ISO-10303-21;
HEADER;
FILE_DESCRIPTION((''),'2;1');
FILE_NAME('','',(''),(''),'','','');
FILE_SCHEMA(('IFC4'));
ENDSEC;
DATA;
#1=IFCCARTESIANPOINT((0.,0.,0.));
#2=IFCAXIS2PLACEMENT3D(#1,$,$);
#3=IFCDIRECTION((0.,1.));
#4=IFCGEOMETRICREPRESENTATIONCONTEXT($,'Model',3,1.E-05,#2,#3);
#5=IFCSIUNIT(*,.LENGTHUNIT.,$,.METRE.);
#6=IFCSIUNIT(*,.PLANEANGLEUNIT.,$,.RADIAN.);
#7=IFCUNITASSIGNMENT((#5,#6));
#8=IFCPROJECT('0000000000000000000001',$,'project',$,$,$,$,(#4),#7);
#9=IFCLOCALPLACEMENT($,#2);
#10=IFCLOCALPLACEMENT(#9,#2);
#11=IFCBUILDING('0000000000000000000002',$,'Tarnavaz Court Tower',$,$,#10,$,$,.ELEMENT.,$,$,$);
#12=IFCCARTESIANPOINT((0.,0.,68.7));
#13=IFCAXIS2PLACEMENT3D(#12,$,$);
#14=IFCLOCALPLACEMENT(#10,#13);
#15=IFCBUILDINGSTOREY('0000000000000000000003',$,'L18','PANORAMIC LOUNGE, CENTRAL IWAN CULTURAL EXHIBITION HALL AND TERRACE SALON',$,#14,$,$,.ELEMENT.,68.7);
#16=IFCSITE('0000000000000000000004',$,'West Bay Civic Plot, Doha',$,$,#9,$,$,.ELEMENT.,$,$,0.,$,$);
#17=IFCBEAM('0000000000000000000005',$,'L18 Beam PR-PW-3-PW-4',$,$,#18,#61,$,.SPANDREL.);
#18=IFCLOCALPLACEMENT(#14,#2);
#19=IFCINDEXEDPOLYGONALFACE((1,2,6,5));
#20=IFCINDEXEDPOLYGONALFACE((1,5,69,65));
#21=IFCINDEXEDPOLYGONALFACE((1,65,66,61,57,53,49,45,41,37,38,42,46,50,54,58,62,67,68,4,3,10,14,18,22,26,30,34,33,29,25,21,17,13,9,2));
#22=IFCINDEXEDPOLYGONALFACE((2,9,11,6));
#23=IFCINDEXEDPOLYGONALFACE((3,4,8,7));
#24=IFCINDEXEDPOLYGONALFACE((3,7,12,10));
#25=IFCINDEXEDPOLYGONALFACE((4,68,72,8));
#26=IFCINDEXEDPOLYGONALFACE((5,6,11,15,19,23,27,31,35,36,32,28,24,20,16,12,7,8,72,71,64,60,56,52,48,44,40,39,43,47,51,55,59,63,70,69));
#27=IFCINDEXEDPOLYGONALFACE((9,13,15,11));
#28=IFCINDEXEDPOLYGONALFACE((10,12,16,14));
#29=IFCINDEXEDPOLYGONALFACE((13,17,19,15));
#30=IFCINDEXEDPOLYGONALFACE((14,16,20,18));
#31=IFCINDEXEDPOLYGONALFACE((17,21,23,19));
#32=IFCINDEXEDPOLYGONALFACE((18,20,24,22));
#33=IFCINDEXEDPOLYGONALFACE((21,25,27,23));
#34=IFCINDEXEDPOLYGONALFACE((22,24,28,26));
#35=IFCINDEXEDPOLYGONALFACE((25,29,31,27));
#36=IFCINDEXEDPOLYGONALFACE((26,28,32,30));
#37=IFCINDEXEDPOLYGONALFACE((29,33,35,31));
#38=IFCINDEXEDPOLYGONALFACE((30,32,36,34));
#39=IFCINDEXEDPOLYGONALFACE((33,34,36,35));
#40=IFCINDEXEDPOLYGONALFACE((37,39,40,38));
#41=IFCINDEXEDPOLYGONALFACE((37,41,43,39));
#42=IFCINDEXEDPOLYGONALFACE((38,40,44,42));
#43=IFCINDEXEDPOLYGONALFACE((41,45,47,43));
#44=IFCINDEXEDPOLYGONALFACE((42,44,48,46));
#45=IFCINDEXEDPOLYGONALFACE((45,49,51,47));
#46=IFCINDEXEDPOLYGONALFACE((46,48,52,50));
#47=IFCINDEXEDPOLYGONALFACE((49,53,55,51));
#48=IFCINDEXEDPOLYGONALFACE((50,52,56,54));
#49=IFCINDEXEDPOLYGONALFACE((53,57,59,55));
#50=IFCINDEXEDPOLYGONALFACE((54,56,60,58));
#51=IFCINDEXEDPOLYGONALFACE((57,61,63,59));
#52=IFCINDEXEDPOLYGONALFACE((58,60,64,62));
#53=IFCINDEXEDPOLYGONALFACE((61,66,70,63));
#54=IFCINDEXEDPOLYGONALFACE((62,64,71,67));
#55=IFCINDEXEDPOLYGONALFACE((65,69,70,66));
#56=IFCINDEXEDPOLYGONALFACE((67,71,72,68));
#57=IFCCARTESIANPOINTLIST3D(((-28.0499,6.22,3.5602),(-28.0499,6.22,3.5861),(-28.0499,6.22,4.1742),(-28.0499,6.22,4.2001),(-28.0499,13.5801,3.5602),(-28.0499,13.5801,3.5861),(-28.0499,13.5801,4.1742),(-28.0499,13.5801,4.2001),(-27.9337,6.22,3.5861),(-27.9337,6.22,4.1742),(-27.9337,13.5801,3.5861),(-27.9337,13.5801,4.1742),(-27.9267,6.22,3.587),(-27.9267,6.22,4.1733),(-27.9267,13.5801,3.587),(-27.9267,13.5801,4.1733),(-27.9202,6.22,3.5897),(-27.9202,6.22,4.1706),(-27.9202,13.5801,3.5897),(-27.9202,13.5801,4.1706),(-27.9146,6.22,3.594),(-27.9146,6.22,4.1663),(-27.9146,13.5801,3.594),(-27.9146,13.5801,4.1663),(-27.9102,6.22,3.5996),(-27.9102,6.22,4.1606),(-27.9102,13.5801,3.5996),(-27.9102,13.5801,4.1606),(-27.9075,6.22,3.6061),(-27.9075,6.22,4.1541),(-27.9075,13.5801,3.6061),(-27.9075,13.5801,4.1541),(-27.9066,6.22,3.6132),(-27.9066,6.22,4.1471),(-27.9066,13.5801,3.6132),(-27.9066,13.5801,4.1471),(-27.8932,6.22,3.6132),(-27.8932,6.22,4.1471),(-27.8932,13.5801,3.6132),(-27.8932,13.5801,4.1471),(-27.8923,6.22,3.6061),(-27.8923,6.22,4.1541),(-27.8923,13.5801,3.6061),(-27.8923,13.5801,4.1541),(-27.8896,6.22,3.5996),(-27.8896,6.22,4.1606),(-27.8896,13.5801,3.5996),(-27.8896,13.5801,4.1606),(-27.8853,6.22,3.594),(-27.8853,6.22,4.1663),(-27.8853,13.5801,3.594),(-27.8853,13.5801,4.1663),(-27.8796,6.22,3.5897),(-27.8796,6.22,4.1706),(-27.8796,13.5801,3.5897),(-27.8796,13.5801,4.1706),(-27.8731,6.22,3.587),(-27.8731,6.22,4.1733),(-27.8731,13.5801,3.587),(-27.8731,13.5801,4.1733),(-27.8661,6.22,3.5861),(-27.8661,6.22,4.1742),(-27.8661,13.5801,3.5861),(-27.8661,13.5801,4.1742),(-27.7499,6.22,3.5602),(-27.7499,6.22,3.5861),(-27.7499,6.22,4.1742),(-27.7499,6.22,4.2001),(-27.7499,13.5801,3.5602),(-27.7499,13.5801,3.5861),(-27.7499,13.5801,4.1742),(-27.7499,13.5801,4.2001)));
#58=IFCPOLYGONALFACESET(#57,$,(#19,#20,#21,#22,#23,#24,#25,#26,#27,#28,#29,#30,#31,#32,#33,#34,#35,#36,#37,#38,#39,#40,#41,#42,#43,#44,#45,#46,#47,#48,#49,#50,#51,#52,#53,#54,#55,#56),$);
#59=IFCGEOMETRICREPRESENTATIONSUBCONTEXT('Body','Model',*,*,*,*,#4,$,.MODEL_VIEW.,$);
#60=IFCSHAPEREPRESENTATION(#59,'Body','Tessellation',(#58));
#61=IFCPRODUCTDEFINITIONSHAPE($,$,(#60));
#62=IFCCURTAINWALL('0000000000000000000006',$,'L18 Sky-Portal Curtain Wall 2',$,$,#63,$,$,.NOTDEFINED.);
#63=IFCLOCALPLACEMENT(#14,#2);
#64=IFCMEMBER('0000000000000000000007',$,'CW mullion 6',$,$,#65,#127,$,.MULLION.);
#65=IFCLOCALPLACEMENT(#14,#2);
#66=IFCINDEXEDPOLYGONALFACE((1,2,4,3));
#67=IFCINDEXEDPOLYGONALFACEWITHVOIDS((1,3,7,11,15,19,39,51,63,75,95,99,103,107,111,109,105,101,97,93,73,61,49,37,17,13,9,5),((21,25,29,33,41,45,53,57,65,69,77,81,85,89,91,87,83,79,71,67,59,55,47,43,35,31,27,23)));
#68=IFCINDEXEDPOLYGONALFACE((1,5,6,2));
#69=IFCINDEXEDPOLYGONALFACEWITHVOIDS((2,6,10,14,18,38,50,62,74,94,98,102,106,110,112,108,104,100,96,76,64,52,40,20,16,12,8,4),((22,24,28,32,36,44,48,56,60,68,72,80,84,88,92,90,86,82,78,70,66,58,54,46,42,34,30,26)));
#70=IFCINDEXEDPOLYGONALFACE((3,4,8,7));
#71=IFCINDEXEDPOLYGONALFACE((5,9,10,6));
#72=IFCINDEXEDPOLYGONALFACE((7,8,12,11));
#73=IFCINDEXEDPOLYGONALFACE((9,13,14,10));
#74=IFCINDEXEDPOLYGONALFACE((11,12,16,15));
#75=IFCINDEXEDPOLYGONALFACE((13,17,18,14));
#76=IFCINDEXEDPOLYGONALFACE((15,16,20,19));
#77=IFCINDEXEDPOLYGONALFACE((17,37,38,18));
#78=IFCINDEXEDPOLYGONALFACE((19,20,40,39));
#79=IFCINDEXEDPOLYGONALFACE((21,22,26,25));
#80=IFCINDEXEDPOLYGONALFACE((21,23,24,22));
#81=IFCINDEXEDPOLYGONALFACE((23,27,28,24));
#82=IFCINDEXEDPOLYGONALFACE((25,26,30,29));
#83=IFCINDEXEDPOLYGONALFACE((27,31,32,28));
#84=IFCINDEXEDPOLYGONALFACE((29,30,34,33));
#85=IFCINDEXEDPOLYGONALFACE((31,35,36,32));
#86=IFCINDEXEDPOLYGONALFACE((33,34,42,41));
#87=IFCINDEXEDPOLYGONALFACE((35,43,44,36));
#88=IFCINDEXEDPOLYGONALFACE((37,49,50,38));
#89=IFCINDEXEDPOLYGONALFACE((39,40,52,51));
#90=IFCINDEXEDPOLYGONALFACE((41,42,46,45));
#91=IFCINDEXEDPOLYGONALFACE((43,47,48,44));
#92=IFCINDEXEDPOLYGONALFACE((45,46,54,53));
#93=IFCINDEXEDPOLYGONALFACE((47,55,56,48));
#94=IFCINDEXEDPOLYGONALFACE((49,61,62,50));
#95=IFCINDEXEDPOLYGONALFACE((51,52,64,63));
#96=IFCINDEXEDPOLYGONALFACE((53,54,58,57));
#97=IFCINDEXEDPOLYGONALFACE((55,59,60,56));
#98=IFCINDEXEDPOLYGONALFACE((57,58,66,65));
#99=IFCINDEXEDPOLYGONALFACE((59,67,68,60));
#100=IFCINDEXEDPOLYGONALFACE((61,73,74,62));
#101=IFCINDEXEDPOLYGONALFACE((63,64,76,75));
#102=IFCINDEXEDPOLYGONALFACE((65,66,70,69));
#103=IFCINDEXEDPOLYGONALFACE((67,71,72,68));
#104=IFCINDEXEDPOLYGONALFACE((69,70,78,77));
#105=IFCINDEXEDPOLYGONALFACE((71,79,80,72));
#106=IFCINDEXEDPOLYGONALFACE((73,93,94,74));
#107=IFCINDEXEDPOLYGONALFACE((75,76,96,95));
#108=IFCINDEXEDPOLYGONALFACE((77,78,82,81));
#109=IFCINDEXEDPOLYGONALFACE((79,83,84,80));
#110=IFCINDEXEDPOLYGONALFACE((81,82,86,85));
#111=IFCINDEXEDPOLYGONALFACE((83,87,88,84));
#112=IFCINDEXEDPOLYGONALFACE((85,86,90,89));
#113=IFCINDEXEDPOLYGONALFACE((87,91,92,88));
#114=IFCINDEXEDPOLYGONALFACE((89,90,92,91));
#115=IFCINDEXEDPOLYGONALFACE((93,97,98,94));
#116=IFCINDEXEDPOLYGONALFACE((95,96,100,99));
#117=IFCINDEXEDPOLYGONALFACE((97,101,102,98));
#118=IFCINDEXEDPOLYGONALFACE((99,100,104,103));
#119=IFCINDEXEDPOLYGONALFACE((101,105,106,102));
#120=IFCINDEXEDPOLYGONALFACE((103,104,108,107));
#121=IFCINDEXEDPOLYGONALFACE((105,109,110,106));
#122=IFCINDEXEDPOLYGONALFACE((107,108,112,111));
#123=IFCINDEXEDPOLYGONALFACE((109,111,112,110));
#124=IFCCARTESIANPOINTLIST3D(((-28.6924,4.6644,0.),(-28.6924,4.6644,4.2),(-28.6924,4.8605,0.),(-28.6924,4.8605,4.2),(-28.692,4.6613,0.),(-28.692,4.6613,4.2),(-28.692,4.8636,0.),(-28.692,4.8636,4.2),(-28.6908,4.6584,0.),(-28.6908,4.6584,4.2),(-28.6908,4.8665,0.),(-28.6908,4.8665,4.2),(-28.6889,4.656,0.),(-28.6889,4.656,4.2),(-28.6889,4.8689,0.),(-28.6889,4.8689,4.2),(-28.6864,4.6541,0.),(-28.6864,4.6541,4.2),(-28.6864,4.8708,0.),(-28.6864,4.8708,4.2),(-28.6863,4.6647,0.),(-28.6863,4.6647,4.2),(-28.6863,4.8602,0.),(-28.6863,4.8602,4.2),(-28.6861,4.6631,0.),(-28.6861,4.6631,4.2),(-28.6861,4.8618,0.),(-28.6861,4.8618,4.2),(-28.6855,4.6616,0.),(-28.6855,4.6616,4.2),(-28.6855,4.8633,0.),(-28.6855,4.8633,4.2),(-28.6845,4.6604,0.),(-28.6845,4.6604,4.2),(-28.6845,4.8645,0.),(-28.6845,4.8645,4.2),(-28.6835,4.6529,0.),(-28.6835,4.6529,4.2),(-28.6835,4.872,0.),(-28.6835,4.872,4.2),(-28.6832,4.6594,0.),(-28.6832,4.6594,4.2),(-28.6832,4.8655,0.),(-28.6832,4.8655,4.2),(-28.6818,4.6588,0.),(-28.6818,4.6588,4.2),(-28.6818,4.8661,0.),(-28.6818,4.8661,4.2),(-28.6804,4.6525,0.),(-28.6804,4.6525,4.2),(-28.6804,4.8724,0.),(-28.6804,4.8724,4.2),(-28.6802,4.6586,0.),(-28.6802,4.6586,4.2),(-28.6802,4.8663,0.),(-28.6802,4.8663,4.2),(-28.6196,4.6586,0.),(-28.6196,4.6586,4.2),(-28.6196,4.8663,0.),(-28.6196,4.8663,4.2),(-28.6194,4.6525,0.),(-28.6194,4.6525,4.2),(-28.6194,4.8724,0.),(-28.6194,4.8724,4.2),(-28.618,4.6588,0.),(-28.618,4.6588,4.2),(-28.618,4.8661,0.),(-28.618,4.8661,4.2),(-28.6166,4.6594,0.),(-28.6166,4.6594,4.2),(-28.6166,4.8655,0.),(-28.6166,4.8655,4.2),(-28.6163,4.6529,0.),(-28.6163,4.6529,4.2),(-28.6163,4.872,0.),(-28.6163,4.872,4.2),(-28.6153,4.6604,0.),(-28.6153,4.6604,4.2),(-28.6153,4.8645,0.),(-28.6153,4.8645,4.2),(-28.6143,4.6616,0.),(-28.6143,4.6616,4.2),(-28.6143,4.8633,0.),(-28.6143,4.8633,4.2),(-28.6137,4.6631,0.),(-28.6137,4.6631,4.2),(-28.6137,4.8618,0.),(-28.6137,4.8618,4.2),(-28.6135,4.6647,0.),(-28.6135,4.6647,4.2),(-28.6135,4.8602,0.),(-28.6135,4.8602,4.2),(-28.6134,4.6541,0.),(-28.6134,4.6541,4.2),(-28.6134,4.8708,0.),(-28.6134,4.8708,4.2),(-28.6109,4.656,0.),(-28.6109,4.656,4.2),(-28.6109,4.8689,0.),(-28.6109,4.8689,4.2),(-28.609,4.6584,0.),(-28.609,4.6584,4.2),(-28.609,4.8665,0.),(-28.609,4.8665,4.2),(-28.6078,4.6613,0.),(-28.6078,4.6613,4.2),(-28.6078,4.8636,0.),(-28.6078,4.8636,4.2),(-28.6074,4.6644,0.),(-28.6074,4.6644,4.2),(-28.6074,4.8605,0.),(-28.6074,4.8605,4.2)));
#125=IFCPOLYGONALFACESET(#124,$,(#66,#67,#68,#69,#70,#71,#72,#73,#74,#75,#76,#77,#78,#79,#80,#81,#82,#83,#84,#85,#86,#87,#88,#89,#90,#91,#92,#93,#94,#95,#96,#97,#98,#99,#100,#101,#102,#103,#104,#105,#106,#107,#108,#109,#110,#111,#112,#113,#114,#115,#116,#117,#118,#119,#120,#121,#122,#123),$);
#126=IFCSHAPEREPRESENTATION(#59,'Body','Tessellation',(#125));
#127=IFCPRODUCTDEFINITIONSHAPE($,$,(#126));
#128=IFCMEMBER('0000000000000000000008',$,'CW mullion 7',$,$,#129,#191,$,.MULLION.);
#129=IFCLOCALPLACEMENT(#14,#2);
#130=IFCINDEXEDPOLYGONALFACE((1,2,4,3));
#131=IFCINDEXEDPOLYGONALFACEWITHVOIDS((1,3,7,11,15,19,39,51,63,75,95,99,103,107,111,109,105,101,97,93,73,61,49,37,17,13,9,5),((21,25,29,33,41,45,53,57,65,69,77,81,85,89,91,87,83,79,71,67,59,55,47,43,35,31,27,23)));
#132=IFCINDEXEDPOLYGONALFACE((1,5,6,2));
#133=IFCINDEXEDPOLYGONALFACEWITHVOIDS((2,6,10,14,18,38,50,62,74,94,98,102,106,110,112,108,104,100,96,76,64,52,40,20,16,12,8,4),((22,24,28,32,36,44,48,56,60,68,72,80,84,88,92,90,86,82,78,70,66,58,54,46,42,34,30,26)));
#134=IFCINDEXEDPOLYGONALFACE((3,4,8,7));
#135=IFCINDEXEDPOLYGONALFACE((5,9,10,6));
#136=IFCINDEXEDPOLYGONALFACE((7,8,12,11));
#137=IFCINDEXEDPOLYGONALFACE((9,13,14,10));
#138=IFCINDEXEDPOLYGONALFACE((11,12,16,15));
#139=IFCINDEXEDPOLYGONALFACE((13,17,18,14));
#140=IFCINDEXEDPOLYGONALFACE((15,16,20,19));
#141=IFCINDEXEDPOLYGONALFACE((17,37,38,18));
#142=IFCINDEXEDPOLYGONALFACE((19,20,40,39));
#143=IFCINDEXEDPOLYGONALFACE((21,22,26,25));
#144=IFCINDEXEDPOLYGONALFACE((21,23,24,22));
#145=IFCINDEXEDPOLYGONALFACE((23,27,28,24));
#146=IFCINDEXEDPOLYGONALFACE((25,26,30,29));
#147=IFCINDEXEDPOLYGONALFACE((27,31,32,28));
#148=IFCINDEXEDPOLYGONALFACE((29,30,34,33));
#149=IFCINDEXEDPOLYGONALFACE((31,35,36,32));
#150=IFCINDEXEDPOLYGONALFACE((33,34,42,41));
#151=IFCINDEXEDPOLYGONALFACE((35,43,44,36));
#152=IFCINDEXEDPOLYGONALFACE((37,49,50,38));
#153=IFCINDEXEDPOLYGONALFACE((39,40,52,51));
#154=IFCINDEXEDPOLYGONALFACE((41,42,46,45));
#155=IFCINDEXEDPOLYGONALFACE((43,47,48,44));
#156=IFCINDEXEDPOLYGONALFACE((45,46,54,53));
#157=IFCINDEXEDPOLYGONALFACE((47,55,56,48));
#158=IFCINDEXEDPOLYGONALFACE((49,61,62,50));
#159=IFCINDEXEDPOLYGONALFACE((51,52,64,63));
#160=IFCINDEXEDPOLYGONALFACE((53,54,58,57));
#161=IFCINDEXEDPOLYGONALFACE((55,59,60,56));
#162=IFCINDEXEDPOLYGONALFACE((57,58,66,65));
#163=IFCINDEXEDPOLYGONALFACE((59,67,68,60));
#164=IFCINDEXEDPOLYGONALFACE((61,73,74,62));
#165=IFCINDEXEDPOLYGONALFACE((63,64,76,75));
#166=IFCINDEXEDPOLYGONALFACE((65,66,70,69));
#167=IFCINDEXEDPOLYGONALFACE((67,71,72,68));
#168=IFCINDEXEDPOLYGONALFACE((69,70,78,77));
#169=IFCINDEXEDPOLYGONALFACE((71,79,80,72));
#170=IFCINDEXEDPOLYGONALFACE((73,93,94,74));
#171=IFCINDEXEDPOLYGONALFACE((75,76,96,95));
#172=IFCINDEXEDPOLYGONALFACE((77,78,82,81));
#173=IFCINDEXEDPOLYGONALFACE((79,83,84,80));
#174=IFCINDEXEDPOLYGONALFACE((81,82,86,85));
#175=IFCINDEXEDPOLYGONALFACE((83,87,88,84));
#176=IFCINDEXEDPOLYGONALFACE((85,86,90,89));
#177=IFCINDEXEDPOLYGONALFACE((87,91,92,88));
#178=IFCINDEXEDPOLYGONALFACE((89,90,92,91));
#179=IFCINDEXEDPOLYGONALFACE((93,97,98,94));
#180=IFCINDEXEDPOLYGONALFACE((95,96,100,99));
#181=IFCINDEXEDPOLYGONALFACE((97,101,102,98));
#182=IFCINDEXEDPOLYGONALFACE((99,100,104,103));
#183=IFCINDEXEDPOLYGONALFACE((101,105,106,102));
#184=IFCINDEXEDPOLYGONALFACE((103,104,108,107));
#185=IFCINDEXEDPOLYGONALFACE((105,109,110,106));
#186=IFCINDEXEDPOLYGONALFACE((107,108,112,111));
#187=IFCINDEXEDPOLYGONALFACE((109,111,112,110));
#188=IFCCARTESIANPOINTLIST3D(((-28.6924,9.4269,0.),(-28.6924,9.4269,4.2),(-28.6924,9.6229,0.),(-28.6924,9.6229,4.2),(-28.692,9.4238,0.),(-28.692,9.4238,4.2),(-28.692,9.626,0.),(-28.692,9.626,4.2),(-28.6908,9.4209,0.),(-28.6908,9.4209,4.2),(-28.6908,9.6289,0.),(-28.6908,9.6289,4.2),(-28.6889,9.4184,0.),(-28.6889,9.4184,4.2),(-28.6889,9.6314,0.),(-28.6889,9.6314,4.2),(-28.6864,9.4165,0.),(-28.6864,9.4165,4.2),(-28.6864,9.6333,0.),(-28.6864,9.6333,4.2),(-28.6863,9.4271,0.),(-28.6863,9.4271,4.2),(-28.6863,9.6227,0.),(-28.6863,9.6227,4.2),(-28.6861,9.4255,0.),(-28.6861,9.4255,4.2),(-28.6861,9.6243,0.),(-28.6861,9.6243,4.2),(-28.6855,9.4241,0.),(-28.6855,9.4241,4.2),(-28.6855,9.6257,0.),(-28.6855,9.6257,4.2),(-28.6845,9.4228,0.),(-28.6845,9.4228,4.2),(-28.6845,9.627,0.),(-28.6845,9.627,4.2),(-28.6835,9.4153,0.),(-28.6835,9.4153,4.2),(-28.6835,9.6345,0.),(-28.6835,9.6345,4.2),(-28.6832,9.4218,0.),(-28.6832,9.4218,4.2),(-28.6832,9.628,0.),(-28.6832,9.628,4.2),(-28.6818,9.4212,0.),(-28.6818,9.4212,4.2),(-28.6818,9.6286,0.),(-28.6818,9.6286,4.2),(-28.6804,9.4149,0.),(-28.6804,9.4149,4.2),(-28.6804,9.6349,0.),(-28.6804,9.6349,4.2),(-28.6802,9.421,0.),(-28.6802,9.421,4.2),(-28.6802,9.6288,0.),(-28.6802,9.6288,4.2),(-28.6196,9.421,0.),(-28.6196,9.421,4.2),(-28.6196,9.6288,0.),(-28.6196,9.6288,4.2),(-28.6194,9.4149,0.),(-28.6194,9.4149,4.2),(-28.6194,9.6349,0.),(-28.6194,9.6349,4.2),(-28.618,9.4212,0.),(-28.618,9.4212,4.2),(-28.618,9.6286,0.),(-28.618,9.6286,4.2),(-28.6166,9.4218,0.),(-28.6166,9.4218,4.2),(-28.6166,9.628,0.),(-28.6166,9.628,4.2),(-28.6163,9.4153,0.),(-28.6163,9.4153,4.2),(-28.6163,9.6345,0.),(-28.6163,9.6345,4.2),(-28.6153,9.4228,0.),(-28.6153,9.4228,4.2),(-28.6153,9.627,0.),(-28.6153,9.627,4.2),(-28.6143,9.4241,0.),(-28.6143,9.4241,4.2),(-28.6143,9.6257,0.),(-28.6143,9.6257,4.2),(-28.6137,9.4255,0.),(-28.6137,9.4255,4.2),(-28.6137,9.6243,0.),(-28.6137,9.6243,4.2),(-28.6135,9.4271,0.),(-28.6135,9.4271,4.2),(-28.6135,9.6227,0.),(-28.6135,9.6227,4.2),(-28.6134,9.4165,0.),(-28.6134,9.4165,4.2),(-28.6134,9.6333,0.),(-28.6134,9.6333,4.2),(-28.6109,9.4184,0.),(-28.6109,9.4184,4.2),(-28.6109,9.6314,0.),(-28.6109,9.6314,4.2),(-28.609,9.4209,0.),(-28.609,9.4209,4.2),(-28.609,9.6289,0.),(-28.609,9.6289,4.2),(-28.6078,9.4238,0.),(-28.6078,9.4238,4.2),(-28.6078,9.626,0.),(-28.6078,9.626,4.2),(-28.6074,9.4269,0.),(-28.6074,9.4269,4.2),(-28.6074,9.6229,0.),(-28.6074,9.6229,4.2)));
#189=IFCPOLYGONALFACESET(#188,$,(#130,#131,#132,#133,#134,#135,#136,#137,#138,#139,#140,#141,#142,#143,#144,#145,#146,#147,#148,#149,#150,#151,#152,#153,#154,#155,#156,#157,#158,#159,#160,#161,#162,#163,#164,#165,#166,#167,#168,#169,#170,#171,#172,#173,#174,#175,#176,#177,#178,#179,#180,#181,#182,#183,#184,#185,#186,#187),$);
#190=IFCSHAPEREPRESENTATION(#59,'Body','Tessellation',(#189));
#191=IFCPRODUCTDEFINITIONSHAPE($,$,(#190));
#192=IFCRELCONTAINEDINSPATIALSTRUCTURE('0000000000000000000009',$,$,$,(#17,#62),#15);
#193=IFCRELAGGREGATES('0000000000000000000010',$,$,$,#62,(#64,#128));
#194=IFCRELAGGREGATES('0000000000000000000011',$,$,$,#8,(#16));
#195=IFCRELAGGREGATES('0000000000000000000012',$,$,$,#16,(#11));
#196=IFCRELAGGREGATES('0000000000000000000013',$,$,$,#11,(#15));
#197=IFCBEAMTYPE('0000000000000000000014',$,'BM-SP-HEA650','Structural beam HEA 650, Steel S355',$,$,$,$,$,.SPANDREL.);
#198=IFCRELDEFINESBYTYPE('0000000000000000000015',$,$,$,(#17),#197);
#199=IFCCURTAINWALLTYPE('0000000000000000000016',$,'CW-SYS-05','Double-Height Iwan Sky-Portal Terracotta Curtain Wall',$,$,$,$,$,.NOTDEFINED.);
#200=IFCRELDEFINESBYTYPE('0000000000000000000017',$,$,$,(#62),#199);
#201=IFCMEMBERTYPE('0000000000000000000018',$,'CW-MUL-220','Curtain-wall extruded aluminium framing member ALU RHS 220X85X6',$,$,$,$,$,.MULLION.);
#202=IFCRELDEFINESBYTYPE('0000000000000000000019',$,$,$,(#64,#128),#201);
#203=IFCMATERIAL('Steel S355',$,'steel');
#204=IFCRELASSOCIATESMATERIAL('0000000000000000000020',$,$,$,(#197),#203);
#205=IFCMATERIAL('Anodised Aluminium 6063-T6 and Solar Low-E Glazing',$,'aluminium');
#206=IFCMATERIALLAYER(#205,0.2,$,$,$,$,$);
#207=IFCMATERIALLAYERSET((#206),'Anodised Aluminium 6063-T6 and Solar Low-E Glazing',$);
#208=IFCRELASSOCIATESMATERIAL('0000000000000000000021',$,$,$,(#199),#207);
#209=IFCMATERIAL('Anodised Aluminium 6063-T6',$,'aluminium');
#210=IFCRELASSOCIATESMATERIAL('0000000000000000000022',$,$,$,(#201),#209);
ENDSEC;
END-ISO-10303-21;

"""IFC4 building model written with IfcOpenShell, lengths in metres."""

from ifc_helpers import new_model, si_unit, direction, frame, origin, origin_2d, place, context, subcontext, project, spatial, hollow_rectangle, i_section, extrude, material, layer, layer_set, material_profile, profile_set, type_object, element, aggregate, save


model = new_model("IFC4")

# Units and contexts
model_context = context("Model", 3, precision=1e-05, world=origin(), true_north=direction((0.0, 1.0)))
body_context = subcontext(model_context, "Body", "Model", "MODEL_VIEW")
ifc_project = project(units=[si_unit("LENGTHUNIT", "METRE"), si_unit("PLANEANGLEUNIT", "RADIAN")], contexts=[model_context])

# Site, building, storey
site_placement = place(None, origin())
site = spatial("IfcSite", under=ifc_project, at=site_placement, Name="West Bay Civic Plot, Doha", CompositionType="ELEMENT", RefElevation=0.0)
building_placement = place(site_placement, origin())
building = spatial("IfcBuilding", under=site, at=building_placement, Name="Tarnavaz Court Tower", CompositionType="ELEMENT")
storey_placement = place(building_placement, frame((0.0, 0.0, 68.7)))
storey = spatial("IfcBuildingStorey", under=building, at=storey_placement, Name="L18", Description="PANORAMIC LOUNGE, CENTRAL IWAN CULTURAL EXHIBITION HALL AND TERRACE SALON", CompositionType="ELEMENT", Elevation=68.7)

# Beam
ifc_material_1 = material(Name="Steel S355", Category="steel")
ifc_material_profile_1 = material_profile(ifc_material_1, i_section(OverallWidth=0.3, OverallDepth=0.6399, WebThickness=0.0134, FlangeThickness=0.0259, FilletRadius=0.0271, at=origin_2d()), Name="HEA 650")
ifc_profile_set_1 = profile_set([ifc_material_profile_1], Name="Steel S355")
beam_type_1 = type_object("IfcBeamType", Name="BM-SP-HEA650", Description="Structural beam HEA 650, Steel S355", PredefinedType="SPANDREL", material=ifc_profile_set_1)
beam_1_placement = place(storey_placement, frame((-27.8999, 6.22, 3.8801), z_axis=(0.0, 1.0, 0.0), x_axis=(-1.0, 0.0, 0.0)))
element("IfcBeam", 1, at=beam_1_placement, inside=storey, type_object=beam_type_1, Name="L18 Beam PR-PW-3-PW-4", PredefinedType="SPANDREL", context=body_context, shape_type="SweptSolid", body=[
    extrude(i_section(OverallWidth=0.3, OverallDepth=0.6399, WebThickness=0.0134, FlangeThickness=0.0259, FilletRadius=0.0271, at=origin_2d()), origin(), (0.0, 0.0, 1.0), 7.3601),
])

# Curtain wall, members
ifc_material_2 = material(Name="Anodised Aluminium 6063-T6 and Solar Low-E Glazing", Category="aluminium")
ifc_layer_1 = layer(ifc_material_2, 0.2)
ifc_layer_set_1 = layer_set([ifc_layer_1], Name="Anodised Aluminium 6063-T6 and Solar Low-E Glazing")
curtain_wall_type = type_object("IfcCurtainWallType", Name="CW-SYS-05", Description="Double-Height Iwan Sky-Portal Terracotta Curtain Wall", PredefinedType="NOTDEFINED", material=ifc_layer_set_1)
curtain_wall_placement = place(storey_placement, origin())
curtain_wall = element("IfcCurtainWall", 2, at=curtain_wall_placement, inside=storey, type_object=curtain_wall_type, Name="L18 Sky-Portal Curtain Wall 2", PredefinedType="NOTDEFINED")
ifc_material_3 = material(Name="Anodised Aluminium 6063-T6", Category="aluminium")
ifc_material_profile_2 = material_profile(ifc_material_3, hollow_rectangle(XDim=0.085, YDim=0.22, WallThickness=0.0061, InnerFilletRadius=0.0061, OuterFilletRadius=0.012, at=origin_2d()), Name="ALU RHS 220X85X6")
ifc_profile_set_2 = profile_set([ifc_material_profile_2], Name="Anodised Aluminium 6063-T6")
member_type_1 = type_object("IfcMemberType", Name="CW-MUL-220", Description="Curtain-wall extruded aluminium framing member ALU RHS 220X85X6", PredefinedType="MULLION", material=ifc_profile_set_2)
member_1_placement = place(storey_placement, frame((-28.6499, 4.7625, 0.0), z_axis=(0.0, 0.0, 1.0), x_axis=(-1.0, 0.0, 0.0)))
member_1 = element("IfcMember", 3, at=member_1_placement, type_object=member_type_1, Name="CW mullion 6", PredefinedType="MULLION", context=body_context, shape_type="SweptSolid", body=[
    extrude(hollow_rectangle(XDim=0.085, YDim=0.22, WallThickness=0.0061, InnerFilletRadius=0.0061, OuterFilletRadius=0.012, at=origin_2d()), origin(), (0.0, 0.0, 1.0), 4.2),
])
member_2_placement = place(storey_placement, frame((-28.6499, 9.5249, 0.0), z_axis=(0.0, 0.0, 1.0), x_axis=(-1.0, 0.0, 0.0)))
member_2 = element("IfcMember", 4, at=member_2_placement, type_object=member_type_1, Name="CW mullion 7", PredefinedType="MULLION", context=body_context, shape_type="SweptSolid", body=[
    extrude(hollow_rectangle(XDim=0.085, YDim=0.22, WallThickness=0.0061, InnerFilletRadius=0.0061, OuterFilletRadius=0.012, at=origin_2d()), origin(), (0.0, 0.0, 1.0), 4.2),
])
aggregate(curtain_wall, [member_1, member_2])

save(model, "model.ifc")
